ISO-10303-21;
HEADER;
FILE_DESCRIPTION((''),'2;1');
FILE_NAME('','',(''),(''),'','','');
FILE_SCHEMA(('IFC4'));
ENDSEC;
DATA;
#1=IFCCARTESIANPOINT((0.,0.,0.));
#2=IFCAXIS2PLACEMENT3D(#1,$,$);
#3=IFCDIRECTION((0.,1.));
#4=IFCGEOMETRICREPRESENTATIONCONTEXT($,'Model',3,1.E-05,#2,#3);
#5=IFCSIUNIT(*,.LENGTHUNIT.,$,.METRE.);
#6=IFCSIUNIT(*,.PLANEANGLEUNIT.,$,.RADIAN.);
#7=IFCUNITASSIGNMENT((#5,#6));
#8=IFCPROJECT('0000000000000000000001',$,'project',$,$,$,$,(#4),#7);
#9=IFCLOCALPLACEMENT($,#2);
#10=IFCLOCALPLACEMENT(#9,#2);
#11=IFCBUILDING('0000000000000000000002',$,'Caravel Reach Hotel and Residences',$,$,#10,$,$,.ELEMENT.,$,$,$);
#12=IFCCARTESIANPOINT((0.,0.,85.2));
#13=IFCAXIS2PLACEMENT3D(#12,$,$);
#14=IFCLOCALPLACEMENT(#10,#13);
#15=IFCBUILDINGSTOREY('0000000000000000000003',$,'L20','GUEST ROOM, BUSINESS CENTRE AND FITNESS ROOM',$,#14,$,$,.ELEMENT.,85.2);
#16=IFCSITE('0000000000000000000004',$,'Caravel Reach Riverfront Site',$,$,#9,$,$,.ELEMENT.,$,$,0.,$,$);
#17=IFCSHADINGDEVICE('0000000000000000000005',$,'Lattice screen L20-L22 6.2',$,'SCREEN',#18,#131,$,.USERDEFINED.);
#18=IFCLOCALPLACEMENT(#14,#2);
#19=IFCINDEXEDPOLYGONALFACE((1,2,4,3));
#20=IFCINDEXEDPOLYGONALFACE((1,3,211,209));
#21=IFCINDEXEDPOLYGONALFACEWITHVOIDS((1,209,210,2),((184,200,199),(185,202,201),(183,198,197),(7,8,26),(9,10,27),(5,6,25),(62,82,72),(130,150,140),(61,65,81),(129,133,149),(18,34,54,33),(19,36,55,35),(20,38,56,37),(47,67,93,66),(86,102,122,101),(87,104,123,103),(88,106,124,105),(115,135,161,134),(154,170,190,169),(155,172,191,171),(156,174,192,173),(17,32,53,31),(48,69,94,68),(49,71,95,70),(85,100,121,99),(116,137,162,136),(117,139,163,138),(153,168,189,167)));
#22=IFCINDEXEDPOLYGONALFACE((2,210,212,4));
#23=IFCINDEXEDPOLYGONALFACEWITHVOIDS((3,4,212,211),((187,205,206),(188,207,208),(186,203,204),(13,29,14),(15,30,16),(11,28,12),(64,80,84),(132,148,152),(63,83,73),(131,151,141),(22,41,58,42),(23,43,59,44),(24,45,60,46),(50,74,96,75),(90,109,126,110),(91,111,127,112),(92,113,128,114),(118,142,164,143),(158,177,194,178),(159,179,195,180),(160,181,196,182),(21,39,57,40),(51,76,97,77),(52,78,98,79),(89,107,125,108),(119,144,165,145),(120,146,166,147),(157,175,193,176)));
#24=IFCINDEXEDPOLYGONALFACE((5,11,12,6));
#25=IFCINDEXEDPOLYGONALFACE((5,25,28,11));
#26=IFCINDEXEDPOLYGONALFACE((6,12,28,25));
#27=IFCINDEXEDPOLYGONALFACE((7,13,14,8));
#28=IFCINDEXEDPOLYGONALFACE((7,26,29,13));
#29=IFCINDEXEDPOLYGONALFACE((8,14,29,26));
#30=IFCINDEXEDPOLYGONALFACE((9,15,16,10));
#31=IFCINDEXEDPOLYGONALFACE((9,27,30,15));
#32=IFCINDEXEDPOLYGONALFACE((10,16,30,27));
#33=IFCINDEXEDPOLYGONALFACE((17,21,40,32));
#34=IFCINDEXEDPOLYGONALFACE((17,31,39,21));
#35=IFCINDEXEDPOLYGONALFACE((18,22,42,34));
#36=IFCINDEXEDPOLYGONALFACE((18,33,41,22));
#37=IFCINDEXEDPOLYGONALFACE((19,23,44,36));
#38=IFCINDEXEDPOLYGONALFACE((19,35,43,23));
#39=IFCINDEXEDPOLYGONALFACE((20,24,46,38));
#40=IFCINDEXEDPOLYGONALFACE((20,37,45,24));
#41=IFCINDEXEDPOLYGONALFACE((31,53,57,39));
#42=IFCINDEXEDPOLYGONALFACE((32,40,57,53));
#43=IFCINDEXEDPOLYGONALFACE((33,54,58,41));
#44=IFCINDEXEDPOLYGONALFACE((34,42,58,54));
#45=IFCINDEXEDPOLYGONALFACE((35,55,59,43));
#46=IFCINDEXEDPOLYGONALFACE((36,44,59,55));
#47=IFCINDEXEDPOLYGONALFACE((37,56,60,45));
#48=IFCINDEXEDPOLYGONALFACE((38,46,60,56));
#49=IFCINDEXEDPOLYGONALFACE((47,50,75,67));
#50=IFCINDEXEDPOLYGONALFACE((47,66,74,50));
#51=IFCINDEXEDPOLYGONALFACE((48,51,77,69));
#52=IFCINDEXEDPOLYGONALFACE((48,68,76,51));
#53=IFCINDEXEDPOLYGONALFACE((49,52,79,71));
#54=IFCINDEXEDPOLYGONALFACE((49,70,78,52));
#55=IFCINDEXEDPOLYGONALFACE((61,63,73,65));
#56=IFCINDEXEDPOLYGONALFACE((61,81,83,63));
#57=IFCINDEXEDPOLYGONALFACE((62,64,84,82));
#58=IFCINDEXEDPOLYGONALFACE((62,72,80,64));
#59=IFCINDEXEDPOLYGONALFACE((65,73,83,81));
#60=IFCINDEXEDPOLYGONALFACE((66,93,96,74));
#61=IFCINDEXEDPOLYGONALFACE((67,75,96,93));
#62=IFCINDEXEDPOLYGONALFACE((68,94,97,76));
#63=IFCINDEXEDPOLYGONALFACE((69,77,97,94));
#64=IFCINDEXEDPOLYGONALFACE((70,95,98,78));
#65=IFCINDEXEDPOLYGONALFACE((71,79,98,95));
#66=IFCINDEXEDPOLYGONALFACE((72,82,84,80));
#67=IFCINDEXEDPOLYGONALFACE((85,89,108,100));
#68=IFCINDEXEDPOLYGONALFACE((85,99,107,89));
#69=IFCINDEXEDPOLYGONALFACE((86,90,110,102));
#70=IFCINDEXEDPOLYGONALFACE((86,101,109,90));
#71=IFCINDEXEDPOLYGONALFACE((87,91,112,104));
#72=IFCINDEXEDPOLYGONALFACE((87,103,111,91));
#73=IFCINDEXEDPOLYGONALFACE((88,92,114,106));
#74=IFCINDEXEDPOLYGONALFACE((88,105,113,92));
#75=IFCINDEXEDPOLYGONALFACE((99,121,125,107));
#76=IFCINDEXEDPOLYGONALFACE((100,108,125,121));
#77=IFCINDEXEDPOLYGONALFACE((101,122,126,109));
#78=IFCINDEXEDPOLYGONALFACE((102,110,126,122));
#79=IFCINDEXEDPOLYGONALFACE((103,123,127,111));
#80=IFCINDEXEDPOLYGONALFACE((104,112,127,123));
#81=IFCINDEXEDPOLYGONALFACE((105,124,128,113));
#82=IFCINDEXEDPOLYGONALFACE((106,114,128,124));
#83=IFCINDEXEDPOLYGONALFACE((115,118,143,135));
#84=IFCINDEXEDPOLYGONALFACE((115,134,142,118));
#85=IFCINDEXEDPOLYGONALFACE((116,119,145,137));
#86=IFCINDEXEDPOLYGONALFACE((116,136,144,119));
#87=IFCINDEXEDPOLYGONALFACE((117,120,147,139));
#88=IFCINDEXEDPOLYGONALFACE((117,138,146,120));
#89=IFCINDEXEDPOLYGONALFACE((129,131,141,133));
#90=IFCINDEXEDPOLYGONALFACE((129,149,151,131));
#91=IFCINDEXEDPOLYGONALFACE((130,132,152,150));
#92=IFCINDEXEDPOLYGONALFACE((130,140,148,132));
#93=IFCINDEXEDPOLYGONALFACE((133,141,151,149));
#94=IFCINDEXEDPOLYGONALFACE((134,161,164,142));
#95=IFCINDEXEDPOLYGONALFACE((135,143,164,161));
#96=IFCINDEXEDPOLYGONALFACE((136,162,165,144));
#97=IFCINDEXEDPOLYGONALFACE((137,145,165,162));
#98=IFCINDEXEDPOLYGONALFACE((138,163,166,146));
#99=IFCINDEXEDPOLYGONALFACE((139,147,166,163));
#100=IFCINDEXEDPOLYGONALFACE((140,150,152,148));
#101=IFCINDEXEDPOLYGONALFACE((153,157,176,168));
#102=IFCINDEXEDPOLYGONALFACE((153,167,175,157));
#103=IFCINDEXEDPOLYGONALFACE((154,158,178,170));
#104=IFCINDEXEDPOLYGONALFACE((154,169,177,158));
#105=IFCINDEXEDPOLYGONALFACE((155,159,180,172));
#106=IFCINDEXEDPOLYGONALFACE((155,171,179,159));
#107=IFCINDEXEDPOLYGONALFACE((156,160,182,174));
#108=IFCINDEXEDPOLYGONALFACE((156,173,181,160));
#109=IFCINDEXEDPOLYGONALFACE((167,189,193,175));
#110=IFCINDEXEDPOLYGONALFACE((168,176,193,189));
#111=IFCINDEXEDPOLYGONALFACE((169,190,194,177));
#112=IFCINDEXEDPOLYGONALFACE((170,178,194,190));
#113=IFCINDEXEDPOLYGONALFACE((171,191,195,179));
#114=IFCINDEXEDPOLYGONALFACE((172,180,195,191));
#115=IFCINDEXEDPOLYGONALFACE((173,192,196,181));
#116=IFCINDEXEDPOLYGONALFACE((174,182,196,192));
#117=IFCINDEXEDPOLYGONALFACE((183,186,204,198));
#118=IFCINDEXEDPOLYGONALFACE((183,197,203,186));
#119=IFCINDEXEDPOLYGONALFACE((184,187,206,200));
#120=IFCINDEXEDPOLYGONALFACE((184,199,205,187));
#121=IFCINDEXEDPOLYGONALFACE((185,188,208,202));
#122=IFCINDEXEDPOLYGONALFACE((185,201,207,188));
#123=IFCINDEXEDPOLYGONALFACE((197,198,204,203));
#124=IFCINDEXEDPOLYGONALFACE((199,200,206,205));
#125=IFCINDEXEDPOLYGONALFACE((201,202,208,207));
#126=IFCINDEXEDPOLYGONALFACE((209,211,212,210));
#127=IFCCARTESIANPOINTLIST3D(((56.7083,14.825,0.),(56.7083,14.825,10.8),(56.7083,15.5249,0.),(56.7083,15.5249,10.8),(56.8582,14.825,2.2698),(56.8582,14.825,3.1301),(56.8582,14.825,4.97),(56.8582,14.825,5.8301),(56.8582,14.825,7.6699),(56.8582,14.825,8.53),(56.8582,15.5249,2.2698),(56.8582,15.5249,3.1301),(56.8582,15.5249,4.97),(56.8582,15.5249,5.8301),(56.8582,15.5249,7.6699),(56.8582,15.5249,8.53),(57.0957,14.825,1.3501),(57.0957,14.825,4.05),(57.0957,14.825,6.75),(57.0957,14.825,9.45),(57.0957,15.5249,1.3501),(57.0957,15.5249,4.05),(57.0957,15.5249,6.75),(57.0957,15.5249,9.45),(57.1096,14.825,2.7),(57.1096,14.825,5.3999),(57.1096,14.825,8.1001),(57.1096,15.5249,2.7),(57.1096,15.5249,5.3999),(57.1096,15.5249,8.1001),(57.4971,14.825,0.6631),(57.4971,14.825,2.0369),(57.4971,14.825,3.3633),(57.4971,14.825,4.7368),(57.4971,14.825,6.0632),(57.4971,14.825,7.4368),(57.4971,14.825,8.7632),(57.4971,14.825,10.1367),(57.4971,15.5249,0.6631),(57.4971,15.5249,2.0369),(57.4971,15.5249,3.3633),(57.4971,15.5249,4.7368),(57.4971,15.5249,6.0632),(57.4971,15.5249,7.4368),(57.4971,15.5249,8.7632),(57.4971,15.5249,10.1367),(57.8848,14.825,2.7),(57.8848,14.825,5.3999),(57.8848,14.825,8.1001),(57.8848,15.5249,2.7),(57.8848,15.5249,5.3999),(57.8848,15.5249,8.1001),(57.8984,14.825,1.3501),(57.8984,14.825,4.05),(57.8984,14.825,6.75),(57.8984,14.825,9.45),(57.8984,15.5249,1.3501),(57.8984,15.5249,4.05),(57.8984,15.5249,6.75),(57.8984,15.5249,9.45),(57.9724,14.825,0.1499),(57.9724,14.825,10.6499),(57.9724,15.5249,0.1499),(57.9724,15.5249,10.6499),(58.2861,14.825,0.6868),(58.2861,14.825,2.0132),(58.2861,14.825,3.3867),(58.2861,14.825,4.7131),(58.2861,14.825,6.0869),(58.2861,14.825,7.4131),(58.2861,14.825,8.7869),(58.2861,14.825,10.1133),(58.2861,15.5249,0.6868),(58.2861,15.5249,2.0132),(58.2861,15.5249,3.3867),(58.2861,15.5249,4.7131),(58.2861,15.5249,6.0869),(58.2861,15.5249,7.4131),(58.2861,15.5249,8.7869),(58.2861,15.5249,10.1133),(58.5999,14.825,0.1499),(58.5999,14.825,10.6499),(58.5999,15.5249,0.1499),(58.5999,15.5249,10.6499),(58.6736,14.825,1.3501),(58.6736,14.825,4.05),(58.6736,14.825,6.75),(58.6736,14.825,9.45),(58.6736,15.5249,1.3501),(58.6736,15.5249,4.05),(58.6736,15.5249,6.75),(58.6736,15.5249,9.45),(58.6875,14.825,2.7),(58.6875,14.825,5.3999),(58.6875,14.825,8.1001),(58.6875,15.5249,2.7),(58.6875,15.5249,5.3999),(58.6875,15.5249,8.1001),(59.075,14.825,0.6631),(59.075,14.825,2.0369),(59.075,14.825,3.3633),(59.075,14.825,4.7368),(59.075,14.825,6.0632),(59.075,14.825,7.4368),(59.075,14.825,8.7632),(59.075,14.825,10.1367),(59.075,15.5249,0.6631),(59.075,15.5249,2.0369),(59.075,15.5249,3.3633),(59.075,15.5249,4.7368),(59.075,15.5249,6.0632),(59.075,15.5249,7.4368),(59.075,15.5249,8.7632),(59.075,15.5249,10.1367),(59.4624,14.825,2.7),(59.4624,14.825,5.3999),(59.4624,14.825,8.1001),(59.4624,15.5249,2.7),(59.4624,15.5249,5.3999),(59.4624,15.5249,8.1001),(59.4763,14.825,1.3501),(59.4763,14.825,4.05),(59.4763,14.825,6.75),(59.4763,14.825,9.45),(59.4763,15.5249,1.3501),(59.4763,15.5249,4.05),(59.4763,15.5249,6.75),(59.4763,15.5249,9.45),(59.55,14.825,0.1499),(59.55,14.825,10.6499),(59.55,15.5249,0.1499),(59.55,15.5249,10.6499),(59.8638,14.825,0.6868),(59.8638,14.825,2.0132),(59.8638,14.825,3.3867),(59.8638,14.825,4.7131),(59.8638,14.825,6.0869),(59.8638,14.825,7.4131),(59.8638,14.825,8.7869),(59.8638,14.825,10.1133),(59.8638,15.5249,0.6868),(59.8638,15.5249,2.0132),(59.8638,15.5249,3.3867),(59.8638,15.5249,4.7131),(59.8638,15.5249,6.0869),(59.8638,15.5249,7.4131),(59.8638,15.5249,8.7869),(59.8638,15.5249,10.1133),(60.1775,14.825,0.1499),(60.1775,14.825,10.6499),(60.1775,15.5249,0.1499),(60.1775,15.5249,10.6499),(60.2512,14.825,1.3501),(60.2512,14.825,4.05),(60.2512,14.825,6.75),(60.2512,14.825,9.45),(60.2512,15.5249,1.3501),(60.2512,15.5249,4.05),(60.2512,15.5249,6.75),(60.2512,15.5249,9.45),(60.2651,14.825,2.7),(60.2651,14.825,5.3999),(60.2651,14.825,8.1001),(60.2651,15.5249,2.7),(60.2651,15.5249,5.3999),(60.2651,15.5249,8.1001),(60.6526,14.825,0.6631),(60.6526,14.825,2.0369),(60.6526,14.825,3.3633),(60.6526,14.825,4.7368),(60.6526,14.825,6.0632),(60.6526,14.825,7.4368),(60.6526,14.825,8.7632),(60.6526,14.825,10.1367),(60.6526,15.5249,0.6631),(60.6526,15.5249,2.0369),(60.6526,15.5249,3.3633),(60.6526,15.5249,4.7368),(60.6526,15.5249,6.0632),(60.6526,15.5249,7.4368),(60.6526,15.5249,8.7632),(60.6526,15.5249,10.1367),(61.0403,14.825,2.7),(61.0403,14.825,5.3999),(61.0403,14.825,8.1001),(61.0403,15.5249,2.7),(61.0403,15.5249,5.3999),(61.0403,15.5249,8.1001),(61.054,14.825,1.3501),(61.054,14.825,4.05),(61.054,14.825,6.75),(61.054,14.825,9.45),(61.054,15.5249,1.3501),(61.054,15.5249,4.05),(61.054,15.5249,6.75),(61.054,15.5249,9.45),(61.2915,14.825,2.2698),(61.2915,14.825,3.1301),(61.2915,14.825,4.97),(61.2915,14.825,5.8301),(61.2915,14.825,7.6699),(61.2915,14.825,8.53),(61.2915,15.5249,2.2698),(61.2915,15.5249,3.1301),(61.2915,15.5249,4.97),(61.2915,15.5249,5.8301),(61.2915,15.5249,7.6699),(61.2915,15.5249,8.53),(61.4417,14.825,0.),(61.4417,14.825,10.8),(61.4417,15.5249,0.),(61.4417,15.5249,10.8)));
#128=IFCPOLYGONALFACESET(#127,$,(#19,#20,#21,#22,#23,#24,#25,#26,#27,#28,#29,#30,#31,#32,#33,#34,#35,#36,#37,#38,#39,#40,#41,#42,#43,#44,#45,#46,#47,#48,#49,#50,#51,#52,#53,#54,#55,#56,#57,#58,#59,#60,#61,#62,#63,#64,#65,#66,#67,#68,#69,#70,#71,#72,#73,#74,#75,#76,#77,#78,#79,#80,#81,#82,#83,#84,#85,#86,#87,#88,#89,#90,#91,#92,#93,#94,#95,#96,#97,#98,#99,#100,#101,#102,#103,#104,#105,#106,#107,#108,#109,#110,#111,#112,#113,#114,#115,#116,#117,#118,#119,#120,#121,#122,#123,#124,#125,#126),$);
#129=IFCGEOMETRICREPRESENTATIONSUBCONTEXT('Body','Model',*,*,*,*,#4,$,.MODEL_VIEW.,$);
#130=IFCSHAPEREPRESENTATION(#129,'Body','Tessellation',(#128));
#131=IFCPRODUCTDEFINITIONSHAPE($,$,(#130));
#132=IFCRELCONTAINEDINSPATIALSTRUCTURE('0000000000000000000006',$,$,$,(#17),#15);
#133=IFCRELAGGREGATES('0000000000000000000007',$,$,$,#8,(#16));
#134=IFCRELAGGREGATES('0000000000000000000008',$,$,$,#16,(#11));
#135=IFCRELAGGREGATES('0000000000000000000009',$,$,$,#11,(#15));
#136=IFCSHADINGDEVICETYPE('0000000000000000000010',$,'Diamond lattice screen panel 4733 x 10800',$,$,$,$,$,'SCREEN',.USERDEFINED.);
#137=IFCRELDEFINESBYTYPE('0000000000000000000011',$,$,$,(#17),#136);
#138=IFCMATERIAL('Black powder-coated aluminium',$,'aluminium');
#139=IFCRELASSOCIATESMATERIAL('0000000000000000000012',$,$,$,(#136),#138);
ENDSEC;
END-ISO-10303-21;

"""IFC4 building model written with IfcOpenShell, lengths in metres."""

from ifc_helpers import new_model, si_unit, direction, frame, origin, place, context, subcontext, project, spatial, polyline, outline, extrude, material, type_object, element, save


model = new_model("IFC4")

# Units and contexts
model_context = context("Model", 3, precision=1e-05, world=origin(), true_north=direction((0.0, 1.0)))
body_context = subcontext(model_context, "Body", "Model", "MODEL_VIEW")
ifc_project = project(units=[si_unit("LENGTHUNIT", "METRE"), si_unit("PLANEANGLEUNIT", "RADIAN")], contexts=[model_context])

# Site, building, storey
site_placement = place(None, origin())
site = spatial("IfcSite", under=ifc_project, at=site_placement, Name="Caravel Reach Riverfront Site", CompositionType="ELEMENT", RefElevation=0.0)
building_placement = place(site_placement, origin())
building = spatial("IfcBuilding", under=site, at=building_placement, Name="Caravel Reach Hotel and Residences", CompositionType="ELEMENT")
storey_placement = place(building_placement, frame((0.0, 0.0, 85.2)))
storey = spatial("IfcBuildingStorey", under=building, at=storey_placement, Name="L20", Description="GUEST ROOM, BUSINESS CENTRE AND FITNESS ROOM", CompositionType="ELEMENT", Elevation=85.2)

# Shading device
ifc_material_1 = material(Name="Black powder-coated aluminium", Category="aluminium")
shading_device_type_1 = type_object("IfcShadingDeviceType", Name="Diamond lattice screen panel 4733 x 10800", ElementType="SCREEN", PredefinedType="USERDEFINED", material=ifc_material_1)
shading_device_1_placement = place(storey_placement, frame((56.7083, 15.5249, 0.0), z_axis=(0.0, -1.0, 0.0), x_axis=(1.0, 0.0, 0.0)))
element("IfcShadingDevice", 1, at=shading_device_1_placement, inside=storey, type_object=shading_device_type_1, Name="Lattice screen L20-L22 6.2", ObjectType="SCREEN", PredefinedType="USERDEFINED", context=body_context, shape_type="SweptSolid", body=[
    extrude(outline(polyline([(0.0, 0.0), (4.7334, 0.0), (4.7334, 10.8), (0.0, 10.8), (0.0, 0.0)]), holes=[polyline([(0.4014, 2.7), (0.1499, 3.1301), (0.1499, 2.2698), (0.4014, 2.7)]), polyline([(0.4014, 5.3999), (0.1499, 5.8301), (0.1499, 4.97), (0.4014, 5.3999)]), polyline([(0.4014, 8.1001), (0.1499, 8.53), (0.1499, 7.6699), (0.4014, 8.1001)]), polyline([(0.7888, 2.0369), (0.3875, 1.3501), (0.7888, 0.6631), (1.1902, 1.3501), (0.7888, 2.0369)]), polyline([(0.7888, 4.7368), (0.3875, 4.05), (0.7888, 3.3633), (1.1902, 4.05), (0.7888, 4.7368)]), polyline([(0.7888, 7.4368), (0.3875, 6.75), (0.7888, 6.0632), (1.1902, 6.75), (0.7888, 7.4368)]), polyline([(0.7888, 10.1367), (0.3875, 9.45), (0.7888, 8.7632), (1.1902, 9.45), (0.7888, 10.1367)]), polyline([(1.5779, 0.6868), (1.2642, 0.1499), (1.8916, 0.1499), (1.5779, 0.6868)]), polyline([(1.5779, 3.3867), (1.1765, 2.7), (1.5779, 2.0132), (1.9792, 2.7), (1.5779, 3.3867)]), polyline([(1.5779, 6.0869), (1.1765, 5.3999), (1.5779, 4.7131), (1.9792, 5.3999), (1.5779, 6.0869)]), polyline([(1.5779, 8.7869), (1.1765, 8.1001), (1.5779, 7.4131), (1.9792, 8.1001), (1.5779, 8.7869)]), polyline([(1.5779, 10.1133), (1.8916, 10.6499), (1.2642, 10.6499), (1.5779, 10.1133)]), polyline([(2.3667, 2.0369), (1.9653, 1.3501), (2.3667, 0.6631), (2.7681, 1.3501), (2.3667, 2.0369)]), polyline([(2.3667, 4.7368), (1.9653, 4.05), (2.3667, 3.3633), (2.7681, 4.05), (2.3667, 4.7368)]), polyline([(2.3667, 7.4368), (1.9653, 6.75), (2.3667, 6.0632), (2.7681, 6.75), (2.3667, 7.4368)]), polyline([(2.3667, 10.1367), (1.9653, 9.45), (2.3667, 8.7632), (2.7681, 9.45), (2.3667, 10.1367)]), polyline([(3.1555, 0.6868), (2.8418, 0.1499), (3.4692, 0.1499), (3.1555, 0.6868)]), polyline([(3.1555, 3.3867), (2.7542, 2.7), (3.1555, 2.0132), (3.5569, 2.7), (3.1555, 3.3867)]), polyline([(3.1555, 6.0869), (2.7542, 5.3999), (3.1555, 4.7131), (3.5569, 5.3999), (3.1555, 6.0869)]), polyline([(3.1555, 8.7869), (2.7542, 8.1001), (3.1555, 7.4131), (3.5569, 8.1001), (3.1555, 8.7869)]), polyline([(3.1555, 10.1133), (3.4692, 10.6499), (2.8418, 10.6499), (3.1555, 10.1133)]), polyline([(3.9443, 2.0369), (3.543, 1.3501), (3.9443, 0.6631), (4.3457, 1.3501), (3.9443, 2.0369)]), polyline([(3.9443, 4.7368), (3.543, 4.05), (3.9443, 3.3633), (4.3457, 4.05), (3.9443, 4.7368)]), polyline([(3.9443, 7.4368), (3.543, 6.75), (3.9443, 6.0632), (4.3457, 6.75), (3.9443, 7.4368)]), polyline([(3.9443, 10.1367), (3.543, 9.45), (3.9443, 8.7632), (4.3457, 9.45), (3.9443, 10.1367)]), polyline([(4.332, 2.7), (4.5833, 2.2698), (4.5833, 3.1301), (4.332, 2.7)]), polyline([(4.332, 5.3999), (4.5833, 4.97), (4.5833, 5.8301), (4.332, 5.3999)]), polyline([(4.332, 8.1001), (4.5833, 7.6699), (4.5833, 8.53), (4.332, 8.1001)])]), origin(), (0.0, 0.0, 1.0), 0.7),
])

save(model, "model.ifc")
